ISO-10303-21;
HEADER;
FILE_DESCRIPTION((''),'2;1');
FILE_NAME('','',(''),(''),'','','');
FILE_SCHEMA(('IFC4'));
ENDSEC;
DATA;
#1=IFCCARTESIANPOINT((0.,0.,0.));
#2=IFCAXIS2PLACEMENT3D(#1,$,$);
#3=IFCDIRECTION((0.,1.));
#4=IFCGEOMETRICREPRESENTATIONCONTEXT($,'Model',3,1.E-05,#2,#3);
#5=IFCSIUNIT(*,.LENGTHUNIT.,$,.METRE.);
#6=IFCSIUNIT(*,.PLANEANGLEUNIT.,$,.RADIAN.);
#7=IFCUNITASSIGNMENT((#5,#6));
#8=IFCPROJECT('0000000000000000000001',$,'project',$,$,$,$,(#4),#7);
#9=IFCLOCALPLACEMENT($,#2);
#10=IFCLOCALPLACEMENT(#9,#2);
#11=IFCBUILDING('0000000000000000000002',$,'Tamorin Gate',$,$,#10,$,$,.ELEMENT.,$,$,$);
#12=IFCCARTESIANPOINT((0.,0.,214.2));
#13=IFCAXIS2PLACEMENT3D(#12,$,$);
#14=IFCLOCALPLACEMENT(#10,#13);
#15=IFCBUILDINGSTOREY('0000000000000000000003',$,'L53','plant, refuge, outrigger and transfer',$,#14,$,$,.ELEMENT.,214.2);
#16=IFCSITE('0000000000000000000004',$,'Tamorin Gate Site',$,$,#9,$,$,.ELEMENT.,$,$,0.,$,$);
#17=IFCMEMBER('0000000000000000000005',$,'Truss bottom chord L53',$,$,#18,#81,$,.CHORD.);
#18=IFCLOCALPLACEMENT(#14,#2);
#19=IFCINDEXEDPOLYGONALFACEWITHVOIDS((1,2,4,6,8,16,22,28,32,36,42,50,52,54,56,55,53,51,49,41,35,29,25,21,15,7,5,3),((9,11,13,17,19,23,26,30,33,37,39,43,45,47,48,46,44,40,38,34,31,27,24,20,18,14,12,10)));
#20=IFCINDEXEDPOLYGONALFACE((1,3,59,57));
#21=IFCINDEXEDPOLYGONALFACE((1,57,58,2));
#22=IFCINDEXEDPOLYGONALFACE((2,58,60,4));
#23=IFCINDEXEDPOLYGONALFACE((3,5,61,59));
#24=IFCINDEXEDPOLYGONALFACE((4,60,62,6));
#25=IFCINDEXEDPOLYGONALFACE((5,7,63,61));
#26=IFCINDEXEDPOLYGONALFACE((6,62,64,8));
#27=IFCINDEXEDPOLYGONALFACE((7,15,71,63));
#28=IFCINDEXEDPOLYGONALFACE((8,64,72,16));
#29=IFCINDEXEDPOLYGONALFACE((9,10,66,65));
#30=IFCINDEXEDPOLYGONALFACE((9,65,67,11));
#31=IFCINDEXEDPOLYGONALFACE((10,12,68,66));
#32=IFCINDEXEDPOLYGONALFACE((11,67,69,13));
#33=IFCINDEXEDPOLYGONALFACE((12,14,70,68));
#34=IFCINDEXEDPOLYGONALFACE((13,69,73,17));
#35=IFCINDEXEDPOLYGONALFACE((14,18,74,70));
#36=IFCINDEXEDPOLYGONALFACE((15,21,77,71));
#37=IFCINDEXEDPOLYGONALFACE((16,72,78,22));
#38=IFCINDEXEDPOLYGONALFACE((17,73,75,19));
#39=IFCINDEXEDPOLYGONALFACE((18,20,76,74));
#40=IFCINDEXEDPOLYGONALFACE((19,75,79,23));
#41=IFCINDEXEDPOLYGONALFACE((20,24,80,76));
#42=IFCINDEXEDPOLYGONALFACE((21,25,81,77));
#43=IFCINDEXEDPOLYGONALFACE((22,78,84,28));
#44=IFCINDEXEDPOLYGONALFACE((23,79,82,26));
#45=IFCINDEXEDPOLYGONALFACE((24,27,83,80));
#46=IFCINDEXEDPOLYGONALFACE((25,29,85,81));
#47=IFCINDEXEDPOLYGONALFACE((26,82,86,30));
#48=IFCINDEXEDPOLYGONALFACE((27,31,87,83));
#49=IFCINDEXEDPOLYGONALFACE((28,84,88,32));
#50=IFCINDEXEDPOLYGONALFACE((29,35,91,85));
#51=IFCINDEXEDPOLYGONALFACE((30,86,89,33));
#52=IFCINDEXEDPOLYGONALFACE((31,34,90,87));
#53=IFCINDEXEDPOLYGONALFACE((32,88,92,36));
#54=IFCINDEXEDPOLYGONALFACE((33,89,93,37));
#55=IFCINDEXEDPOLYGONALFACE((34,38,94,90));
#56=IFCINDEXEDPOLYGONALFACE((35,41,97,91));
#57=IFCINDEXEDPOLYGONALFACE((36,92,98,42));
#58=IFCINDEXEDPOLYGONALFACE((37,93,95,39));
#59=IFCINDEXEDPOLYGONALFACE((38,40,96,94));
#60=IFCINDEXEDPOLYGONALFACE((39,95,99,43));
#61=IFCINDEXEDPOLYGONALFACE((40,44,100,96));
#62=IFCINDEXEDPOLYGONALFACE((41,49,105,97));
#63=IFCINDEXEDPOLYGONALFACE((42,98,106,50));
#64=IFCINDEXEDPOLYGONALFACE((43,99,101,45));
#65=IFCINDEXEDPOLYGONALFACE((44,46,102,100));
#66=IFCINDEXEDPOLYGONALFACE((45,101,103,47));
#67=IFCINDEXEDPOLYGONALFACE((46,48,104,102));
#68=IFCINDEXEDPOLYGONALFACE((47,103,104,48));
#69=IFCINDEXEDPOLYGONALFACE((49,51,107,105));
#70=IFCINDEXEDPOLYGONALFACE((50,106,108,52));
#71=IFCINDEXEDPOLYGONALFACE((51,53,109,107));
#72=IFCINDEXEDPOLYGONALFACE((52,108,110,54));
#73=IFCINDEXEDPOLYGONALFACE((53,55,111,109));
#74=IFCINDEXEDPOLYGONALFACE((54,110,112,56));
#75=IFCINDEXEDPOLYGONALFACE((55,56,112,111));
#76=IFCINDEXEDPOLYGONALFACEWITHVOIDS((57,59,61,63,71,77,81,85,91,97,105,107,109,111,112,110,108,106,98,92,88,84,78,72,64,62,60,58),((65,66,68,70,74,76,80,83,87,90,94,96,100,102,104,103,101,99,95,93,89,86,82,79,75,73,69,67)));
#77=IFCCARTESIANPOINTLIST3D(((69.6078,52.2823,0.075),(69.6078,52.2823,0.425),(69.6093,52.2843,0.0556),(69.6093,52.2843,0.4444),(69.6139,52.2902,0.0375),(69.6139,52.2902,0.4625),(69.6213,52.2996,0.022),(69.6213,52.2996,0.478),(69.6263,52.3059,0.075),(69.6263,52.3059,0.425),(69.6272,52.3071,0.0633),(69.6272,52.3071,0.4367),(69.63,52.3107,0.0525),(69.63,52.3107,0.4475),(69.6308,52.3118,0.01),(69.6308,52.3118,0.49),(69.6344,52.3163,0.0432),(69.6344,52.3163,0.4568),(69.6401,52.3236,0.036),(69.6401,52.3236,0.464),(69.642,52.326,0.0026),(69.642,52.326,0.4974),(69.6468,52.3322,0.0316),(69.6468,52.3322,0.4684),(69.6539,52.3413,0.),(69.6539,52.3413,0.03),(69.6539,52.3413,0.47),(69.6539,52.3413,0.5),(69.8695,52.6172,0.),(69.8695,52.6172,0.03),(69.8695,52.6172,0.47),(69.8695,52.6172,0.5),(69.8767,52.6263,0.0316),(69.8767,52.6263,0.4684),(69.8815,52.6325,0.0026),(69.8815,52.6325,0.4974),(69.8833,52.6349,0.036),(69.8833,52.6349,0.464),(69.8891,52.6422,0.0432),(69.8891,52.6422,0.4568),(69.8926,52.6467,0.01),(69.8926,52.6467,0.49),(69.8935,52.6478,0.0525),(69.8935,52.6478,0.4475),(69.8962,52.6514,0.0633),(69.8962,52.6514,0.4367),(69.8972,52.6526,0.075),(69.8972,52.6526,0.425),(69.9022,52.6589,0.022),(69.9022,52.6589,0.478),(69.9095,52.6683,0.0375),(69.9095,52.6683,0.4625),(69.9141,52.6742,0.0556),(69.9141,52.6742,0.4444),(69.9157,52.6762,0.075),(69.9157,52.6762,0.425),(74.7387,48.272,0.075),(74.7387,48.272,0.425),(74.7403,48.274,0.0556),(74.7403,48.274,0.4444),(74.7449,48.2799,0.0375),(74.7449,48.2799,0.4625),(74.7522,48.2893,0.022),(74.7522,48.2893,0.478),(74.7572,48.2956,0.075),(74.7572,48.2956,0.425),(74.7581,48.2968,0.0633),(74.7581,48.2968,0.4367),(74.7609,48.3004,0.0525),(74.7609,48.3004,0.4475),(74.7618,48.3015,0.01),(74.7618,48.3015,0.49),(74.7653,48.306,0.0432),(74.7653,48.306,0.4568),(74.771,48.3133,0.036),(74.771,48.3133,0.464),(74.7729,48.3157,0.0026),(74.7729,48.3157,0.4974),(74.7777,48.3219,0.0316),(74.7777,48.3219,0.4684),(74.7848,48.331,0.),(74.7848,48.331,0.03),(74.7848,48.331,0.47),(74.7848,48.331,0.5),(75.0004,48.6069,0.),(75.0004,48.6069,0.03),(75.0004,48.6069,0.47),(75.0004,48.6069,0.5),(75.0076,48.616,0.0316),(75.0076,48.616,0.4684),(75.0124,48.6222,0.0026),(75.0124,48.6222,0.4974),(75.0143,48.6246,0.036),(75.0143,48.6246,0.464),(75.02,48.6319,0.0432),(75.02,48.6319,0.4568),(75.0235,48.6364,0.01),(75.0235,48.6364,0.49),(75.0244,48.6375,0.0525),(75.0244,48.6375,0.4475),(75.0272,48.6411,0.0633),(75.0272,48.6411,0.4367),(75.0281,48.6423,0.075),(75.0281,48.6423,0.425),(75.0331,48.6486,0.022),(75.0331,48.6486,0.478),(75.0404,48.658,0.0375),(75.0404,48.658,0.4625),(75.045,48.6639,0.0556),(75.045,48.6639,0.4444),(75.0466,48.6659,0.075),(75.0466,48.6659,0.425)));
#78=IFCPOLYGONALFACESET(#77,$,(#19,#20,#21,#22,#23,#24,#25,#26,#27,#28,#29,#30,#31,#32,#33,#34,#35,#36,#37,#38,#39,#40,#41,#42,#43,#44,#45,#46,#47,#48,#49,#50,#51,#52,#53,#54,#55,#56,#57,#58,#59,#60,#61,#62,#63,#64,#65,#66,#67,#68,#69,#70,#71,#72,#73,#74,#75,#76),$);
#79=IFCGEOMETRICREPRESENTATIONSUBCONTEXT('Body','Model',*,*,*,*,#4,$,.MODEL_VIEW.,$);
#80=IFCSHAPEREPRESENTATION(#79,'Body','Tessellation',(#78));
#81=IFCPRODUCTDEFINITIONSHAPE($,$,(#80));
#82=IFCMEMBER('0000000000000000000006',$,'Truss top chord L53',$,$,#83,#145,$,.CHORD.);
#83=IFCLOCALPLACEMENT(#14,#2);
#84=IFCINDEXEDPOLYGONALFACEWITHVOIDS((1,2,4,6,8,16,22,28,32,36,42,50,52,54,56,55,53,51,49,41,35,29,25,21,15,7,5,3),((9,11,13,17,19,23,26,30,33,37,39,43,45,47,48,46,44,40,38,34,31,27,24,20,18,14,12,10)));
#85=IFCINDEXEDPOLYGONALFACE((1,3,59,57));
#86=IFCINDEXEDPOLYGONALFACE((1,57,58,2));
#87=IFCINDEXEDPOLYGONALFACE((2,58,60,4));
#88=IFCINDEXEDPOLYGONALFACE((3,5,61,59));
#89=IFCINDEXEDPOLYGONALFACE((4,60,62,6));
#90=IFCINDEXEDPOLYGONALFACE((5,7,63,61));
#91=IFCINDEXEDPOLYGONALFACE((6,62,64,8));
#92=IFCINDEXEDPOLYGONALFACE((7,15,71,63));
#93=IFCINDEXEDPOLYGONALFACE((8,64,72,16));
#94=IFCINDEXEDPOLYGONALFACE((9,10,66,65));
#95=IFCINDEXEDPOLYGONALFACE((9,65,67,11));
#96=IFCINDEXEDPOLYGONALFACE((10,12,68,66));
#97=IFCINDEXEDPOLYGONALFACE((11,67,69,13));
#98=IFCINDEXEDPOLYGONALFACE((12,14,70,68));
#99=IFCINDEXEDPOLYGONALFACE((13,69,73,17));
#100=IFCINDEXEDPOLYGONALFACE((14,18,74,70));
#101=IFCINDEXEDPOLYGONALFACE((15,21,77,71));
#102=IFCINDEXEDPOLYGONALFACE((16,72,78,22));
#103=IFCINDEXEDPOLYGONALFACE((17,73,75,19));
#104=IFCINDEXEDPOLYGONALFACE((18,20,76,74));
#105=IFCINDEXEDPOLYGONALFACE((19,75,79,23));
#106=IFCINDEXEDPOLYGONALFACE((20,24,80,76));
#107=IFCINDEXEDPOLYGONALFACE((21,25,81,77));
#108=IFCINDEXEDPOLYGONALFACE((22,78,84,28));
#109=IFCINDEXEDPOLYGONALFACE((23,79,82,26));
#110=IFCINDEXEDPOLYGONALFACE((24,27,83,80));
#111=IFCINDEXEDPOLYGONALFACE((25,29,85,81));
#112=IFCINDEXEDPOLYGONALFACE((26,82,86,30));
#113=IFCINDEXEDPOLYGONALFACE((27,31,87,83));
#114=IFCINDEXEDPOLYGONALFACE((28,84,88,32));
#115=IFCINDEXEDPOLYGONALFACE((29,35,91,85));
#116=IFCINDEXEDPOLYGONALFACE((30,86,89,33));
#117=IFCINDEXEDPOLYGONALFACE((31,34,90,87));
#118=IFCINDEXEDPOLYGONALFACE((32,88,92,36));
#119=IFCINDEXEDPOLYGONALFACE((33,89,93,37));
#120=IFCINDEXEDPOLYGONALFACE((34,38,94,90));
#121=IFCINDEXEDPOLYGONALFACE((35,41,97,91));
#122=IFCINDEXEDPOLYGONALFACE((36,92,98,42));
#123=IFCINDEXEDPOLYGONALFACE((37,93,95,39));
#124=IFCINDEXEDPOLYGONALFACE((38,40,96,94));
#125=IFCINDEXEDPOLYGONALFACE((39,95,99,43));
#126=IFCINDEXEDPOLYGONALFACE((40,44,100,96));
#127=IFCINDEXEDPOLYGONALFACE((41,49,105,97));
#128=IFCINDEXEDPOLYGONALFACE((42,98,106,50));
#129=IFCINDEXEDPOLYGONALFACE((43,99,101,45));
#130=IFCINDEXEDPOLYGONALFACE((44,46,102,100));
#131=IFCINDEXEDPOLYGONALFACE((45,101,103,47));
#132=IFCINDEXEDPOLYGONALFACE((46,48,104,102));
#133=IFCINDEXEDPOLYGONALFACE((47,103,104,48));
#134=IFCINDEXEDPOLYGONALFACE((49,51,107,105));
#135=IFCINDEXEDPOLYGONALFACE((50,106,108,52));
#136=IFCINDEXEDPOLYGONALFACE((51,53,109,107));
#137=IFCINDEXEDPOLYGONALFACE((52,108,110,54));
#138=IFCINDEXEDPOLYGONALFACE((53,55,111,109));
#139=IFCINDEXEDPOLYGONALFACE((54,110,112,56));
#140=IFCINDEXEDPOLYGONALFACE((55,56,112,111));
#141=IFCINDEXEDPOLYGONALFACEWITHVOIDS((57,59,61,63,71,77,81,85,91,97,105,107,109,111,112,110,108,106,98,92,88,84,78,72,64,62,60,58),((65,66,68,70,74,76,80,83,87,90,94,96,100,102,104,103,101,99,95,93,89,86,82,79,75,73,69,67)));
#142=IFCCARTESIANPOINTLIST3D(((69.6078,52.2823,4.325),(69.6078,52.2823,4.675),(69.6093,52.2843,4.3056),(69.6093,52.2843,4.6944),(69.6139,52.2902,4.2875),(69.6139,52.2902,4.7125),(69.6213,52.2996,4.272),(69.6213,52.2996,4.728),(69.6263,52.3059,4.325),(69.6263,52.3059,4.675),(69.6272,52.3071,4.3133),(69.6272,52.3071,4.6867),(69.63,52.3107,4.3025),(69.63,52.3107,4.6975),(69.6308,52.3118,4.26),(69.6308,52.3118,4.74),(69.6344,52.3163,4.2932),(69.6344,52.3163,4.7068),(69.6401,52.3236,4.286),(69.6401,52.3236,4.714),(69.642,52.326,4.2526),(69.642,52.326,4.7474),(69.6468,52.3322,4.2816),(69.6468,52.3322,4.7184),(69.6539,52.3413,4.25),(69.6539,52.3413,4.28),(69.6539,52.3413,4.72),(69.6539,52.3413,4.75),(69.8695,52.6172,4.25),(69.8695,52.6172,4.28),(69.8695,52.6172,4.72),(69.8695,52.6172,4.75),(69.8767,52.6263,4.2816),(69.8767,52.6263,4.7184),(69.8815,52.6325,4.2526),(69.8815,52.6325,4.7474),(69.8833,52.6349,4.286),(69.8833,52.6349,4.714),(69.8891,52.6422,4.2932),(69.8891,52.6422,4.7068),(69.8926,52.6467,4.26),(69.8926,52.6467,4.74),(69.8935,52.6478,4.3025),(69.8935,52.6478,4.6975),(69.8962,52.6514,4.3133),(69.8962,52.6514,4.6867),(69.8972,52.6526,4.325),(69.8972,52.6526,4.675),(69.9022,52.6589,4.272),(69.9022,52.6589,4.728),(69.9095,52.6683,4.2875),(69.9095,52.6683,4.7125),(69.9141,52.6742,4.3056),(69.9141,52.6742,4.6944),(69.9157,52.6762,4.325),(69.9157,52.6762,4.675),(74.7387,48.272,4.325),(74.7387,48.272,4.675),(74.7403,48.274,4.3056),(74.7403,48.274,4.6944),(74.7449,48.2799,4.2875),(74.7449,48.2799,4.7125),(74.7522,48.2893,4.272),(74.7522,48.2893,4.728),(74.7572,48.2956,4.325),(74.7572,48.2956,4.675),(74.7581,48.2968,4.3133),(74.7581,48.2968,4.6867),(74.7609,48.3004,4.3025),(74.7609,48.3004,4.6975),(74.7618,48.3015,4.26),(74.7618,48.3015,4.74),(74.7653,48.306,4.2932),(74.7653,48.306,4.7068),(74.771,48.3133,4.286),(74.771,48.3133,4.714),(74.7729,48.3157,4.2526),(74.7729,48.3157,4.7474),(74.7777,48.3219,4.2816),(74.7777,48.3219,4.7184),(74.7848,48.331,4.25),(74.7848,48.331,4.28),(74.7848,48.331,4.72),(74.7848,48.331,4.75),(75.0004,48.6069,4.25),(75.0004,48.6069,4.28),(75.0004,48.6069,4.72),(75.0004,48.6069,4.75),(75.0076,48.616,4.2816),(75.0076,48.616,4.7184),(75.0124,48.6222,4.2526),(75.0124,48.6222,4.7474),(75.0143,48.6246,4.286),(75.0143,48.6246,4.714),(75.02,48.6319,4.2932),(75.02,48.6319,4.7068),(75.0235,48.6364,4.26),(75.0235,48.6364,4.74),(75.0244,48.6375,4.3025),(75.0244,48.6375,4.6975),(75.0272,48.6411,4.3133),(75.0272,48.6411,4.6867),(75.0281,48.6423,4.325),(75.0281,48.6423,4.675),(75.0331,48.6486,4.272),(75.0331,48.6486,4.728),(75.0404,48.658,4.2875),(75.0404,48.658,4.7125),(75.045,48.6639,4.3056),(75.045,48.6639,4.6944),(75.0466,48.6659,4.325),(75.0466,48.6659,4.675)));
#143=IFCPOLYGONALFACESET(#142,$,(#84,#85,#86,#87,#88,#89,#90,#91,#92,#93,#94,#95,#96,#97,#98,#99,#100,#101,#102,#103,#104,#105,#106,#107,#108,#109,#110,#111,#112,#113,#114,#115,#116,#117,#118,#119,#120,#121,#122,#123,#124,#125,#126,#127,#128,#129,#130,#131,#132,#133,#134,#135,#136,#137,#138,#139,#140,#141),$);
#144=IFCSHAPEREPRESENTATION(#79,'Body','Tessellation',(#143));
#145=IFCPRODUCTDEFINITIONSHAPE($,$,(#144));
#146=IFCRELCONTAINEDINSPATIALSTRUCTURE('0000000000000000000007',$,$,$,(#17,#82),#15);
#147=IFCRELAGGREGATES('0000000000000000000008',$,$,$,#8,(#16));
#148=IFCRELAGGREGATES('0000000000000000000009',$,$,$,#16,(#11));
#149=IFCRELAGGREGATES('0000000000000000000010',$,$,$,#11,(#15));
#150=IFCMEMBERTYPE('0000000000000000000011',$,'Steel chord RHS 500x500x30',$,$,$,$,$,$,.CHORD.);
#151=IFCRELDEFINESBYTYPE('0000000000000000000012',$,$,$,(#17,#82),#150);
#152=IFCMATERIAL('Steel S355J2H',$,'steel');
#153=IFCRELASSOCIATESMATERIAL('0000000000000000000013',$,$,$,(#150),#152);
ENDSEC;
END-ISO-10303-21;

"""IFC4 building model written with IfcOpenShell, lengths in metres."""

from ifc_helpers import new_model, si_unit, direction, frame, origin, origin_2d, place, context, subcontext, project, spatial, hollow_rectangle, extrude, material, material_profile, profile_set, type_object, element, save


model = new_model("IFC4")

# Units and contexts
model_context = context("Model", 3, precision=1e-05, world=origin(), true_north=direction((0.0, 1.0)))
body_context = subcontext(model_context, "Body", "Model", "MODEL_VIEW")
ifc_project = project(units=[si_unit("LENGTHUNIT", "METRE"), si_unit("PLANEANGLEUNIT", "RADIAN")], contexts=[model_context])

# Site, building, storey
site_placement = place(None, origin())
site = spatial("IfcSite", under=ifc_project, at=site_placement, Name="Tamorin Gate Site", CompositionType="ELEMENT", RefElevation=0.0)
building_placement = place(site_placement, origin())
building = spatial("IfcBuilding", under=site, at=building_placement, Name="Tamorin Gate", CompositionType="ELEMENT")
storey_placement = place(building_placement, frame((0.0, 0.0, 214.2)))
storey = spatial("IfcBuildingStorey", under=building, at=storey_placement, Name="L53", Description="plant, refuge, outrigger and transfer", CompositionType="ELEMENT", Elevation=214.2)

# Members
ifc_material_1 = material(Name="Steel S355J2H", Category="steel")
ifc_material_profile_1 = material_profile(ifc_material_1, hollow_rectangle(XDim=0.5, YDim=0.5, WallThickness=0.03, InnerFilletRadius=0.0449, OuterFilletRadius=0.075, at=origin_2d()), Name="RHS 500x500x30")
ifc_profile_set_1 = profile_set([ifc_material_profile_1], Name="Steel S355J2H")
member_type_1 = type_object("IfcMemberType", Name="Steel chord RHS 500x500x30", PredefinedType="CHORD", material=ifc_profile_set_1)
for number, where, z_axis, x_axis, name in (
    (1, (69.7617, 52.4792, 0.25), (0.787892, -0.615813, 0.0), (0.615813, 0.787892, 0.0), "Truss bottom chord L53"),
    (2, (69.7617, 52.4792, 4.5), (0.787892, -0.615813, 0.0), (0.615813, 0.787892, 0.0), "Truss top chord L53"),
):
    element("IfcMember", number, at=place(storey_placement, frame(where, z_axis=z_axis, x_axis=x_axis)), inside=storey, type_object=member_type_1, Name=name, PredefinedType="CHORD", context=body_context, shape_type="SweptSolid", body=[
        extrude(hollow_rectangle(XDim=0.5, YDim=0.5, WallThickness=0.03, InnerFilletRadius=0.0449, OuterFilletRadius=0.075, at=origin_2d()), origin(), (0.0, 0.0, 1.0), 6.5122),
    ])

save(model, "model.ifc")
